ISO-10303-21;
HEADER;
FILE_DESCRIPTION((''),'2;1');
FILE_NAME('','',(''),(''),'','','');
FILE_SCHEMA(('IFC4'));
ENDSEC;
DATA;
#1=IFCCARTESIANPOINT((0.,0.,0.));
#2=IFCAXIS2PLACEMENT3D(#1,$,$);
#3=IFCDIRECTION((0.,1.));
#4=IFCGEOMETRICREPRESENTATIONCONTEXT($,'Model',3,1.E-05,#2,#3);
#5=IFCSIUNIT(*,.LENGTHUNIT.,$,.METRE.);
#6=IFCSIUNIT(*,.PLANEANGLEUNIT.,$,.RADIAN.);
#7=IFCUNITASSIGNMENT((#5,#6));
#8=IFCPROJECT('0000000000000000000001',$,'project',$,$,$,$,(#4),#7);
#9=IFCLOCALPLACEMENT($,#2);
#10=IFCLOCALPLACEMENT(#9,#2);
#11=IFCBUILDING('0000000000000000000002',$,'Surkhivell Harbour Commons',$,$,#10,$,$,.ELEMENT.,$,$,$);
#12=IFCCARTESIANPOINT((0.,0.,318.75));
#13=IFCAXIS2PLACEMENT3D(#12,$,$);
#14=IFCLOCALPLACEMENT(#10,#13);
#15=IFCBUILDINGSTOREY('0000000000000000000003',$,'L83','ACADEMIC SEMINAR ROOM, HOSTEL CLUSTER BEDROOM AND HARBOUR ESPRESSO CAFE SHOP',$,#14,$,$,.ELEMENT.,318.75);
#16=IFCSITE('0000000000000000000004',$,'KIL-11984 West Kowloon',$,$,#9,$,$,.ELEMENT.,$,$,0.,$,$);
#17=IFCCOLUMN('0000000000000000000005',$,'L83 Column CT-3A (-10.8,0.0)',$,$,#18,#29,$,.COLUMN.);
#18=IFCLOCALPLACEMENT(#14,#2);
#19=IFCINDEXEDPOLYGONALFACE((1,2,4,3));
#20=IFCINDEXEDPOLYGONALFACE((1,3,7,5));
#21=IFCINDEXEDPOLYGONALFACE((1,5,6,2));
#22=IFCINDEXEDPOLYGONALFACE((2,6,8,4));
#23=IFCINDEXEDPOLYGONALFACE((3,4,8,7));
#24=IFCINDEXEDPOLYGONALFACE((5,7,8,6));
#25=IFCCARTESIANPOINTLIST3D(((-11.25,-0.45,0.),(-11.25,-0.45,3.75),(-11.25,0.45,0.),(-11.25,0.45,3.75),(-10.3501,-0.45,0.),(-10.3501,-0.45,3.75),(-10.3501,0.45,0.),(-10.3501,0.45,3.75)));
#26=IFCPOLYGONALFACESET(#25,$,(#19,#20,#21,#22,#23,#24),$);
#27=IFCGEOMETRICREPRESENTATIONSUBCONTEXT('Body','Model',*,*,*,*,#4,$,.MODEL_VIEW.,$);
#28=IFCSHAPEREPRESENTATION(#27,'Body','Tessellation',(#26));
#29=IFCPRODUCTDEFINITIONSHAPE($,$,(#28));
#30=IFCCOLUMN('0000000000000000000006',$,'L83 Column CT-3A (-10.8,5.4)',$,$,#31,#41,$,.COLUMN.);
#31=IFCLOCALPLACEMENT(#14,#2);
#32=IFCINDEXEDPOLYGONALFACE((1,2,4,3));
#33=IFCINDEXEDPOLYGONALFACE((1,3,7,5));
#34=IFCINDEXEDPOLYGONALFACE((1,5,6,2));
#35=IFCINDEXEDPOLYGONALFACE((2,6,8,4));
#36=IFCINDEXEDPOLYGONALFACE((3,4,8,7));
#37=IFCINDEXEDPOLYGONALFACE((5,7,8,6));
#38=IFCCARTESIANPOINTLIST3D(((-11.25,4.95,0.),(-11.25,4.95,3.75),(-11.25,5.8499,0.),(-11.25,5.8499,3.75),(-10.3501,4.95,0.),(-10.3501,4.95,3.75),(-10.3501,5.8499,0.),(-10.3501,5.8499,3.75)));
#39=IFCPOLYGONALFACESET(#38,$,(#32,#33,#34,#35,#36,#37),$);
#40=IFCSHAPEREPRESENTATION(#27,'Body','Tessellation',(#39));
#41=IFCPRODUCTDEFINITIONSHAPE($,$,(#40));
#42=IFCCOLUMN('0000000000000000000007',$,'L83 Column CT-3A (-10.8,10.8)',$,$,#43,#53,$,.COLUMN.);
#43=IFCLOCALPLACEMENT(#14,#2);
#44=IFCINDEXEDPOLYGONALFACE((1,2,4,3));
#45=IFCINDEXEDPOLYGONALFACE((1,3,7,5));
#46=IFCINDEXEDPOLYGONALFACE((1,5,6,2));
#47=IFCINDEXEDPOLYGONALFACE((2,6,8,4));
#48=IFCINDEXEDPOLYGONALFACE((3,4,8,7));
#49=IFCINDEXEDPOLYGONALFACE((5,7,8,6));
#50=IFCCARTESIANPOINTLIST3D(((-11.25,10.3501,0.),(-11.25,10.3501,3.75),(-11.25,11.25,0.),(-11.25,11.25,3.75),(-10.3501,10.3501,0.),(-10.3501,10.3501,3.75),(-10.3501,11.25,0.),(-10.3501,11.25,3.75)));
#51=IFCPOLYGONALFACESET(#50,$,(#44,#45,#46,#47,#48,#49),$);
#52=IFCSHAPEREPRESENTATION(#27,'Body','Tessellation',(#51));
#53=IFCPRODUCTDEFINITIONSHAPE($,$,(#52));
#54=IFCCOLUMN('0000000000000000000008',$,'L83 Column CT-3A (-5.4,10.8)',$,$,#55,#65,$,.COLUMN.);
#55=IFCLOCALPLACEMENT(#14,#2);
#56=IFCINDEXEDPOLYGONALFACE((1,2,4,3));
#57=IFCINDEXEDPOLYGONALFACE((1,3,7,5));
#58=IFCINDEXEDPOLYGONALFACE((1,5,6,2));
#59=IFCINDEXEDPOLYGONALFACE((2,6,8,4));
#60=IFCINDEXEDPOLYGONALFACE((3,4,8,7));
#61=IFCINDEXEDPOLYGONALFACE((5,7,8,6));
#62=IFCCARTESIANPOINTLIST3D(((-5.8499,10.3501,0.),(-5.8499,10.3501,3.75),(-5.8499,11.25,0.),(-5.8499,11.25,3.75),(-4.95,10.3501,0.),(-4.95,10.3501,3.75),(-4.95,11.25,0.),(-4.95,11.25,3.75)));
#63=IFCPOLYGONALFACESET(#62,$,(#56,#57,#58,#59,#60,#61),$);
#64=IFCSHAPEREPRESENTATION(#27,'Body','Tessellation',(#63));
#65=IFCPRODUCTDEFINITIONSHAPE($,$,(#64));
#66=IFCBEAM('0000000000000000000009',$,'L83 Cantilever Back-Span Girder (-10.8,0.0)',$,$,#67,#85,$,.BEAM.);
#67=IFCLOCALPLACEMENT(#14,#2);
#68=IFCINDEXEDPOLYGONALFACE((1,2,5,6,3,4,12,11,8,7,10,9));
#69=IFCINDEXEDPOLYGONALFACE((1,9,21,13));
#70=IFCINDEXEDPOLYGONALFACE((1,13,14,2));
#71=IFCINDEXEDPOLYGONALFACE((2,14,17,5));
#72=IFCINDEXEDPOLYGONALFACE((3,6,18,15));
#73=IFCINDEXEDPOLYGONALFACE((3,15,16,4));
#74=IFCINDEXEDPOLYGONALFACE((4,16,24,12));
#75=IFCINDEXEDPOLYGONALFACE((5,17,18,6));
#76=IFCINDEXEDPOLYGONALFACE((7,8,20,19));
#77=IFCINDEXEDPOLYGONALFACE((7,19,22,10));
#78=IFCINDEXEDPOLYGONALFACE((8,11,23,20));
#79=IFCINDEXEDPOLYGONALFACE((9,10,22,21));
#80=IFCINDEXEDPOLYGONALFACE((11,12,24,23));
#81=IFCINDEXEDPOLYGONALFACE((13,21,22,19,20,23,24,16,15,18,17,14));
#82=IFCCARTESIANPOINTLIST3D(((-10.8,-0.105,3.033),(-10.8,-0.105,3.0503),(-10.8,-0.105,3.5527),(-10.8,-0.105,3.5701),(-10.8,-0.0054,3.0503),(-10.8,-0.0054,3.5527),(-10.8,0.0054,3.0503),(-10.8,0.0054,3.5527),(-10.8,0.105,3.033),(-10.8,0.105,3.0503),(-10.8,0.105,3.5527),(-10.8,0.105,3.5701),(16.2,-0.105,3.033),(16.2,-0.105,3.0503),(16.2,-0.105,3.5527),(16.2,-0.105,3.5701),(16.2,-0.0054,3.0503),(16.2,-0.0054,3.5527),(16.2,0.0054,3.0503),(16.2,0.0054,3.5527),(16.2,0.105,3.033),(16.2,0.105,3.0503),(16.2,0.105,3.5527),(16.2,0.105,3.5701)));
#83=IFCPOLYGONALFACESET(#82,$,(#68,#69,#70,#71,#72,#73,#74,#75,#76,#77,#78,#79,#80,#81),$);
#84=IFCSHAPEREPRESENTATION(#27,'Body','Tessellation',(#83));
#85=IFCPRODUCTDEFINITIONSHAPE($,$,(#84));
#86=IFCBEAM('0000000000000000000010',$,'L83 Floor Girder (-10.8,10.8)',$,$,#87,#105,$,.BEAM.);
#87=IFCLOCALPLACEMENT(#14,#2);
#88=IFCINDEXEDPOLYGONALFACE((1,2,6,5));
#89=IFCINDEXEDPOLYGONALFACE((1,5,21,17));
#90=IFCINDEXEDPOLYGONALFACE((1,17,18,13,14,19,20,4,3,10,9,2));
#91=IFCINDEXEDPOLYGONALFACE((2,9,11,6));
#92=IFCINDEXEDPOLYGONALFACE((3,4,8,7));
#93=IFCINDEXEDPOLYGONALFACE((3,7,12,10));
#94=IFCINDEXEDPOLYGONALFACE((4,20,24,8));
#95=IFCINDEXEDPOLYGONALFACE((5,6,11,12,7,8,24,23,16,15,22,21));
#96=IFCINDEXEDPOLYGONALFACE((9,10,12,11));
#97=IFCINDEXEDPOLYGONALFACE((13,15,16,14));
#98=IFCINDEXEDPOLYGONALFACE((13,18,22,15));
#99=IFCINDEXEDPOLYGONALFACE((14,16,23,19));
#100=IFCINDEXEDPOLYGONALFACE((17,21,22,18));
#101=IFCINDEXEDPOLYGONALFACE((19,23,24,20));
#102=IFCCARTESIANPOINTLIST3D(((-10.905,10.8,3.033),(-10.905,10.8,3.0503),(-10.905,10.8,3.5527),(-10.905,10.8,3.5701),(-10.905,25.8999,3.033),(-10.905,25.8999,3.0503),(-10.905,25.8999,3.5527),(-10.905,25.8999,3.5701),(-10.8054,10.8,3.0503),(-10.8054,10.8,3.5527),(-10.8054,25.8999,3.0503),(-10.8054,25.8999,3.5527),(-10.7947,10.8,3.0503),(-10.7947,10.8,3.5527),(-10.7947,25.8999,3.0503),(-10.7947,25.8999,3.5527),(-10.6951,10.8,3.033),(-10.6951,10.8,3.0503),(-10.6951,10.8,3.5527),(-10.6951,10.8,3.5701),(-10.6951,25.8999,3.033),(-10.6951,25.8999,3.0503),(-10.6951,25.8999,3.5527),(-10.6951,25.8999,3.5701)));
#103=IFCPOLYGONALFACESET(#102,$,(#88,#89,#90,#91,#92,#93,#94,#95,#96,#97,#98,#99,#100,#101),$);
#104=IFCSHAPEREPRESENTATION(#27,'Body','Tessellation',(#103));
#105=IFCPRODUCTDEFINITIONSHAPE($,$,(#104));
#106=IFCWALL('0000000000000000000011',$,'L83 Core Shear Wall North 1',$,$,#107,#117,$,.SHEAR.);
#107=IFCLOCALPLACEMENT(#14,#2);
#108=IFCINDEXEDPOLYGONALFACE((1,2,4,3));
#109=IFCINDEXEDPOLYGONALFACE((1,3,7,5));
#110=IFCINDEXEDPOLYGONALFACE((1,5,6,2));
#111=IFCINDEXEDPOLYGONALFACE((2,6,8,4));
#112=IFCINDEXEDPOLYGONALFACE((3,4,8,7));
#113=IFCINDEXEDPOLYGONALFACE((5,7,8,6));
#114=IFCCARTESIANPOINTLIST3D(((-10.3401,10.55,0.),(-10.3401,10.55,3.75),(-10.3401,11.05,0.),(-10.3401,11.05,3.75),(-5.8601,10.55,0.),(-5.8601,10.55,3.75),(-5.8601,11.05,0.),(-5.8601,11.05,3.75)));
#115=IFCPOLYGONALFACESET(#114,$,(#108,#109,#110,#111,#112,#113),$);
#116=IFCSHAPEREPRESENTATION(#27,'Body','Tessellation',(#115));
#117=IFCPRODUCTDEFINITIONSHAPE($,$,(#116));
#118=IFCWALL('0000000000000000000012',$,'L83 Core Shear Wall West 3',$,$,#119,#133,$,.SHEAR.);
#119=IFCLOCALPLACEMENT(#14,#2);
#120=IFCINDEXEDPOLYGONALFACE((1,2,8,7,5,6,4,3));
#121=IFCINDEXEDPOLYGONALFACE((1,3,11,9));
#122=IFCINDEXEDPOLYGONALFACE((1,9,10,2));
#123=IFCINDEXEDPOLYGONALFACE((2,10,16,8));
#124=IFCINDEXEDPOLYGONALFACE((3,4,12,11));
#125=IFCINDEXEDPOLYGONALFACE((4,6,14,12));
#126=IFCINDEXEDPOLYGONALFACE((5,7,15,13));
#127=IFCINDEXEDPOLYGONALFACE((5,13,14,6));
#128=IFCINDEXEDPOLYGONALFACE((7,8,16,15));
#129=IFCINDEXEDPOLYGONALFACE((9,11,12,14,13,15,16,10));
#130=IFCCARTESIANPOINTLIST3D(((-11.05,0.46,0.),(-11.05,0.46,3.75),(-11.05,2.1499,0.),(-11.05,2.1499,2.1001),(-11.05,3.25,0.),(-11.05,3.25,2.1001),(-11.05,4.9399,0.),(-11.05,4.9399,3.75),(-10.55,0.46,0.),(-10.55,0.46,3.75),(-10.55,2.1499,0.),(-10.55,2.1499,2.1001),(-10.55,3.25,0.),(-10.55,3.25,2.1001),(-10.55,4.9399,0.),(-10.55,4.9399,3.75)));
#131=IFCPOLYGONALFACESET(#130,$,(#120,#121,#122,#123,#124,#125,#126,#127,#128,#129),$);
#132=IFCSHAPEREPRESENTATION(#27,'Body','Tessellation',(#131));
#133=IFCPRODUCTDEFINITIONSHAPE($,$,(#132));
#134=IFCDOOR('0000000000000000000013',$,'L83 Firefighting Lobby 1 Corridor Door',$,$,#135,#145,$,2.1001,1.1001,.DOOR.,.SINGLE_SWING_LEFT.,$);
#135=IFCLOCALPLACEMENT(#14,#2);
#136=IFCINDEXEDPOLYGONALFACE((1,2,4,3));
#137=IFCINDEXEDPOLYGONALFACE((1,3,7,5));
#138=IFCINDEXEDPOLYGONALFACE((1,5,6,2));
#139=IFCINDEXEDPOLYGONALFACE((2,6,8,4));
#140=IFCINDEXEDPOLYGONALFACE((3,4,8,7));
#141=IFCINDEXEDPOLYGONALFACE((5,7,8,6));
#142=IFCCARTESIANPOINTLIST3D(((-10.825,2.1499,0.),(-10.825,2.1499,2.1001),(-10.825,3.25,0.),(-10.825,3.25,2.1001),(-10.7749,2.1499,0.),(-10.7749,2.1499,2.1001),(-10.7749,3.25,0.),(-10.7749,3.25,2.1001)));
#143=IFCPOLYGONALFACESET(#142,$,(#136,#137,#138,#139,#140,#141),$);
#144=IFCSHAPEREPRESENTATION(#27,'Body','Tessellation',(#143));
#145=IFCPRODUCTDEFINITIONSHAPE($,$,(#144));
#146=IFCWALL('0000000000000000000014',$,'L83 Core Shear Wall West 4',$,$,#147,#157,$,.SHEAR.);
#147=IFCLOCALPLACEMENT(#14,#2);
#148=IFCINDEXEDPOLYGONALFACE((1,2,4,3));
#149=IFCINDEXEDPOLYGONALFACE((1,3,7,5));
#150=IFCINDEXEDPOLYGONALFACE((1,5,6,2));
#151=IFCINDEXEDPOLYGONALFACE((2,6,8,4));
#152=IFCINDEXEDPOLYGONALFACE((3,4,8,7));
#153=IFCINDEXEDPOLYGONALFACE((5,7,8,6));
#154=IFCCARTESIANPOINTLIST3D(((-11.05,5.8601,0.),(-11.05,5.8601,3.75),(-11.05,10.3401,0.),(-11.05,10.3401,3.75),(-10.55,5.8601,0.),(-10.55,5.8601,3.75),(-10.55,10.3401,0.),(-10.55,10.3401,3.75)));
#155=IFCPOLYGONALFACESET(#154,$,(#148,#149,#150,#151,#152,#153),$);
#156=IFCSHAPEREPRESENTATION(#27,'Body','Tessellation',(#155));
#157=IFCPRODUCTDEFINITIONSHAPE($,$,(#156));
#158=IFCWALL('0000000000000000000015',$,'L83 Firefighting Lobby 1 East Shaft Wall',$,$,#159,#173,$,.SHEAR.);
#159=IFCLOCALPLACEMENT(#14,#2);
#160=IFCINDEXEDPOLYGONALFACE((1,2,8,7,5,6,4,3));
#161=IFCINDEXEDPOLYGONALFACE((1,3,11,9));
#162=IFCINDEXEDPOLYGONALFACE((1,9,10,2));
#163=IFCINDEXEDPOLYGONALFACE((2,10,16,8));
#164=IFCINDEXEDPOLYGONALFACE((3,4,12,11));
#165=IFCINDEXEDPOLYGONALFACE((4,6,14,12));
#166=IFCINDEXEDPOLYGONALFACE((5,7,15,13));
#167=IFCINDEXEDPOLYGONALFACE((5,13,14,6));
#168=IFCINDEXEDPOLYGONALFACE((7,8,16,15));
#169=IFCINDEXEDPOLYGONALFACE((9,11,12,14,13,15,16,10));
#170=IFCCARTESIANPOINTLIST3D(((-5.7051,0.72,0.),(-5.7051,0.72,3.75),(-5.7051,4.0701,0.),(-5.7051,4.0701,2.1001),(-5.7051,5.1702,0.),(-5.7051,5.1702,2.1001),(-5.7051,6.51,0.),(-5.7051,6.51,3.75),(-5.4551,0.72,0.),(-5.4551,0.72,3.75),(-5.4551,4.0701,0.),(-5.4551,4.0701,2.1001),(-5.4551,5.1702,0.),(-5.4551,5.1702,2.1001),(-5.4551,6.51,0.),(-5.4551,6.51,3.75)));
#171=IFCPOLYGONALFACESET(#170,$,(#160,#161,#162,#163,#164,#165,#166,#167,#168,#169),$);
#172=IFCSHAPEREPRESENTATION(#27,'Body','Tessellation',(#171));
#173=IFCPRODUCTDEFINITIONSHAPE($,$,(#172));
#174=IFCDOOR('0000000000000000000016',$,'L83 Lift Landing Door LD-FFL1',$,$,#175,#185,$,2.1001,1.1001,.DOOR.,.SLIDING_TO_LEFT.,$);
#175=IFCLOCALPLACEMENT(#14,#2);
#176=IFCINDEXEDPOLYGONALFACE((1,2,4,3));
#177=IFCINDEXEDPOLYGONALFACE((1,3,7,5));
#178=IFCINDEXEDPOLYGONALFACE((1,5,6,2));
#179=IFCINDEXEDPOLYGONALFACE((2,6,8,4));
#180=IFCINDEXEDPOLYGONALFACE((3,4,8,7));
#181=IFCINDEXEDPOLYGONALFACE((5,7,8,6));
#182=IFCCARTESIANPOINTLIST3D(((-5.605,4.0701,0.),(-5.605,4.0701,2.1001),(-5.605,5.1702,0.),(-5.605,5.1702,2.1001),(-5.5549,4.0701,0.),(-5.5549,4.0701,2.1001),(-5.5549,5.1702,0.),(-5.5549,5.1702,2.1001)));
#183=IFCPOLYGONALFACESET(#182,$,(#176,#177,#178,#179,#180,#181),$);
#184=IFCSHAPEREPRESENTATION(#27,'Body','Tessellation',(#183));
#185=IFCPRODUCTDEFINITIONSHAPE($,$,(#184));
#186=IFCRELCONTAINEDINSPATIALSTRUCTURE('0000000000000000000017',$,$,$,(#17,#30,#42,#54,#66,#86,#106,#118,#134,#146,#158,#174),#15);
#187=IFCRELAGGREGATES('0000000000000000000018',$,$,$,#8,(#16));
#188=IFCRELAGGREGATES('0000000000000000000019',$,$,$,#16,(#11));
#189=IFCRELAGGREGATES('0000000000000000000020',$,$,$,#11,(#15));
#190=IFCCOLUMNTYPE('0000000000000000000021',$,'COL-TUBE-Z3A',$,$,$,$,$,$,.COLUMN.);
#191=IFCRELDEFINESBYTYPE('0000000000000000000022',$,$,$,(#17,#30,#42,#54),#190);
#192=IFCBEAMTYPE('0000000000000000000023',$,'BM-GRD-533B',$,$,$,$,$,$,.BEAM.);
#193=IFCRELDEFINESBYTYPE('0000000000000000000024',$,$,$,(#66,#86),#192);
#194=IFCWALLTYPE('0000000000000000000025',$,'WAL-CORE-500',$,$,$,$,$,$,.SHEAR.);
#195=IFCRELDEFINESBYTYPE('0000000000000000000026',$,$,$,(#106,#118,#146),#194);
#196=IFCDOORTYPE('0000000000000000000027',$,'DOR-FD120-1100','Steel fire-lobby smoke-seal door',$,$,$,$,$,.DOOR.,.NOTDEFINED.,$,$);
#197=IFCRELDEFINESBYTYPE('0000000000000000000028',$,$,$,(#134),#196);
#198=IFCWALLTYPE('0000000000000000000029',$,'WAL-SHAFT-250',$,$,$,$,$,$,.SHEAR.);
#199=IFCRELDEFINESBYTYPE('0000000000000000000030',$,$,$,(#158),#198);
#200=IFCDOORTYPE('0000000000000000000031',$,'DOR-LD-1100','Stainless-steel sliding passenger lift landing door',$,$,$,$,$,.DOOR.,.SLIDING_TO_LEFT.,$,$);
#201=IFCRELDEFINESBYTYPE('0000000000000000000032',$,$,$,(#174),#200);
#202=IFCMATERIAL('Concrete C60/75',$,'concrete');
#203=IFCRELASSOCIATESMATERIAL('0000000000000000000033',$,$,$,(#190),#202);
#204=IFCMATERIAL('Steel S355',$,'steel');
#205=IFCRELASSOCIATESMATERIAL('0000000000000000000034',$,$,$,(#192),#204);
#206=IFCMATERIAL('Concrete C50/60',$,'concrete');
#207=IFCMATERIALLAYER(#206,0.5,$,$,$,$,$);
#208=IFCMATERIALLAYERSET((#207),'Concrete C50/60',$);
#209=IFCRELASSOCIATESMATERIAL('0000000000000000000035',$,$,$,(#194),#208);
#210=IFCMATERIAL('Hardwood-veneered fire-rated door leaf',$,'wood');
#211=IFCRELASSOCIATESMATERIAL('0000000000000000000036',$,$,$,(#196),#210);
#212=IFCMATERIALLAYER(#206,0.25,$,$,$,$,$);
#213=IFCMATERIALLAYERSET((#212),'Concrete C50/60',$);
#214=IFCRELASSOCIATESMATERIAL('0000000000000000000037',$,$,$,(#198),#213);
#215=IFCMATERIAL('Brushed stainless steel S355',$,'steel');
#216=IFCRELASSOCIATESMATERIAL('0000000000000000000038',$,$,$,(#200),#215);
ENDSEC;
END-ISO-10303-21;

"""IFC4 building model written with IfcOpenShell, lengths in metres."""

from ifc_helpers import new_model, si_unit, direction, frame, frame_2d, origin, origin_2d, place, context, subcontext, project, spatial, rectangle, i_section, extrude, material, layer, layer_set, material_profile, profile_set, type_object, element, fill, save


model = new_model("IFC4")

# Units and contexts
model_context = context("Model", 3, precision=1e-05, world=origin(), true_north=direction((0.0, 1.0)))
body_context = subcontext(model_context, "Body", "Model", "MODEL_VIEW")
ifc_project = project(units=[si_unit("LENGTHUNIT", "METRE"), si_unit("PLANEANGLEUNIT", "RADIAN")], contexts=[model_context])

# Site, building, storey
site_placement = place(None, origin())
site = spatial("IfcSite", under=ifc_project, at=site_placement, Name="KIL-11984 West Kowloon", CompositionType="ELEMENT", RefElevation=0.0)
building_placement = place(site_placement, origin())
building = spatial("IfcBuilding", under=site, at=building_placement, Name="Surkhivell Harbour Commons", CompositionType="ELEMENT")
storey_placement = place(building_placement, frame((0.0, 0.0, 318.75)))
storey = spatial("IfcBuildingStorey", under=building, at=storey_placement, Name="L83", Description="ACADEMIC SEMINAR ROOM, HOSTEL CLUSTER BEDROOM AND HARBOUR ESPRESSO CAFE SHOP", CompositionType="ELEMENT", Elevation=318.75)

# Columns
ifc_material_1 = material(Name="Concrete C60/75", Category="concrete")
ifc_material_profile_1 = material_profile(ifc_material_1, rectangle(XDim=0.8999, YDim=0.8999, at=origin_2d()), Name="RC-COL-900x900")
ifc_profile_set_1 = profile_set([ifc_material_profile_1], Name="Concrete C60/75")
column_type = type_object("IfcColumnType", Name="COL-TUBE-Z3A", PredefinedType="COLUMN", material=ifc_profile_set_1)
for number, where, z_axis, x_axis, name in (
    (1, (-10.8, 0.0, 0.0), (0.0, 0.0, 1.0), (1.0, 0.0, 0.0), "L83 Column CT-3A (-10.8,0.0)"),
    (2, (-10.8, 5.3999, 0.0), (0.0, 0.0, 1.0), (1.0, 0.0, 0.0), "L83 Column CT-3A (-10.8,5.4)"),
    (3, (-10.8, 10.8, 0.0), (0.0, 0.0, 1.0), (1.0, 0.0, 0.0), "L83 Column CT-3A (-10.8,10.8)"),
    (4, (-5.3999, 10.8, 0.0), (0.0, 0.0, 1.0), (1.0, 0.0, 0.0), "L83 Column CT-3A (-5.4,10.8)"),
):
    element("IfcColumn", number, at=place(storey_placement, frame(where, z_axis=z_axis, x_axis=x_axis)), inside=storey, type_object=column_type, Name=name, PredefinedType="COLUMN", context=body_context, shape_type="SweptSolid", body=[
        extrude(rectangle(XDim=0.8999, YDim=0.8999, at=origin_2d()), origin(), (0.0, 0.0, 1.0), 3.75),
    ])

# Beams
ifc_material_2 = material(Name="Steel S355", Category="steel")
ifc_material_profile_2 = material_profile(ifc_material_2, i_section(OverallWidth=0.21, OverallDepth=0.5371, WebThickness=0.0107, FlangeThickness=0.0173, at=origin_2d()), Name="UB533x210x101")
ifc_profile_set_2 = profile_set([ifc_material_profile_2], Name="Steel S355")
beam_type = type_object("IfcBeamType", Name="BM-GRD-533B", PredefinedType="BEAM", material=ifc_profile_set_2)
beam_1_placement = place(storey_placement, frame((-10.8, 0.0, 3.3015), z_axis=(1.0, 0.0, 0.0), x_axis=(0.0, 1.0, 0.0)))
element("IfcBeam", 5, at=beam_1_placement, inside=storey, type_object=beam_type, Name="L83 Cantilever Back-Span Girder (-10.8,0.0)", PredefinedType="BEAM", context=body_context, shape_type="SweptSolid", body=[
    extrude(i_section(OverallWidth=0.21, OverallDepth=0.5371, WebThickness=0.0107, FlangeThickness=0.0173, at=origin_2d()), origin(), (0.0, 0.0, 1.0), 27.0),
])
beam_2_placement = place(storey_placement, frame((-10.8, 10.8, 3.3015), z_axis=(0.0, 1.0, 0.0), x_axis=(-1.0, 0.0, 0.0)))
element("IfcBeam", 6, at=beam_2_placement, inside=storey, type_object=beam_type, Name="L83 Floor Girder (-10.8,10.8)", PredefinedType="BEAM", context=body_context, shape_type="SweptSolid", body=[
    extrude(i_section(OverallWidth=0.21, OverallDepth=0.5371, WebThickness=0.0107, FlangeThickness=0.0173, at=origin_2d()), origin(), (0.0, 0.0, 1.0), 15.0999),
])

# Wall
ifc_material_3 = material(Name="Concrete C50/60", Category="concrete")
ifc_layer_1 = layer(ifc_material_3, 0.5)
ifc_layer_set_1 = layer_set([ifc_layer_1], Name="Concrete C50/60")
wall_type_1 = type_object("IfcWallType", Name="WAL-CORE-500", PredefinedType="SHEAR", material=ifc_layer_set_1)
wall_1_placement = place(storey_placement, frame((-10.3401, 10.8, 0.0), z_axis=(0.0, 0.0, 1.0), x_axis=(1.0, 0.0, 0.0)))
element("IfcWall", 7, at=wall_1_placement, inside=storey, type_object=wall_type_1, Name="L83 Core Shear Wall North 1", PredefinedType="SHEAR", context=body_context, shape_type="SweptSolid", body=[
    extrude(rectangle(XDim=4.48, YDim=0.5, at=frame_2d((2.24, 0.0))), origin(), (0.0, 0.0, 1.0), 3.75),
])

# Wall, opening, door
wall_2_placement = place(storey_placement, frame((-10.8, 0.46, 0.0), z_axis=(0.0, 0.0, 1.0), x_axis=(0.0, 1.0, 0.0)))
wall_2 = element("IfcWall", 8, at=wall_2_placement, inside=storey, type_object=wall_type_1, Name="L83 Core Shear Wall West 3", PredefinedType="SHEAR", context=body_context, shape_type="SweptSolid", body=[
    extrude(rectangle(XDim=4.48, YDim=0.5, at=frame_2d((2.24, 0.0))), origin(), (0.0, 0.0, 1.0), 3.75),
])
opening_1_placement = place(wall_2_placement, frame((1.6899, 0.0, 0.0)))
opening_1 = element("IfcOpeningElement", 9, at=opening_1_placement, cuts=wall_2, PredefinedType="OPENING", context=body_context, shape_type="SweptSolid", body=[
    extrude(rectangle(XDim=1.1001, YDim=2.1001, at=frame_2d((0.55, 1.05))), frame((0.0, 0.26, 0.0), z_axis=(0.0, -1.0, 0.0), x_axis=(1.0, 0.0, 0.0)), (0.0, 0.0, 1.0), 0.52),
])
ifc_material_4 = material(Name="Hardwood-veneered fire-rated door leaf", Category="wood")
door_type_1 = type_object("IfcDoorType", Name="DOR-FD120-1100", Description="Steel fire-lobby smoke-seal door", OperationType="NOTDEFINED", PredefinedType="DOOR", material=ifc_material_4)
door_1_placement = place(opening_1_placement, origin())
door_1 = element("IfcDoor", 10, at=door_1_placement, inside=storey, type_object=door_type_1, Name="L83 Firefighting Lobby 1 Corridor Door", OperationType="SINGLE_SWING_LEFT", OverallHeight=2.1001, OverallWidth=1.1001, PredefinedType="DOOR", context=body_context, shape_type="SweptSolid", body=[
    extrude(rectangle(XDim=1.1001, YDim=2.1001, at=frame_2d((0.55, 1.05))), frame((0.0, 0.0249, 0.0), z_axis=(0.0, -1.0, 0.0), x_axis=(1.0, 0.0, 0.0)), (0.0, 0.0, 1.0), 0.05),
])
fill(opening_1, door_1)

# Wall
wall_3_placement = place(storey_placement, frame((-10.8, 5.8601, 0.0), z_axis=(0.0, 0.0, 1.0), x_axis=(0.0, 1.0, 0.0)))
element("IfcWall", 11, at=wall_3_placement, inside=storey, type_object=wall_type_1, Name="L83 Core Shear Wall West 4", PredefinedType="SHEAR", context=body_context, shape_type="SweptSolid", body=[
    extrude(rectangle(XDim=4.48, YDim=0.5, at=frame_2d((2.24, 0.0))), origin(), (0.0, 0.0, 1.0), 3.75),
])

# Wall, opening, door
ifc_layer_2 = layer(ifc_material_3, 0.25)
ifc_layer_set_2 = layer_set([ifc_layer_2], Name="Concrete C50/60")
wall_type_2 = type_object("IfcWallType", Name="WAL-SHAFT-250", PredefinedType="SHEAR", material=ifc_layer_set_2)
wall_4_placement = place(storey_placement, frame((-5.5801, 0.72, 0.0), z_axis=(0.0, 0.0, 1.0), x_axis=(0.0, 1.0, 0.0)))
wall_4 = element("IfcWall", 12, at=wall_4_placement, inside=storey, type_object=wall_type_2, Name="L83 Firefighting Lobby 1 East Shaft Wall", PredefinedType="SHEAR", context=body_context, shape_type="SweptSolid", body=[
    extrude(rectangle(XDim=5.79, YDim=0.25, at=frame_2d((2.895, 0.0))), origin(), (0.0, 0.0, 1.0), 3.75),
])
opening_2_placement = place(wall_4_placement, frame((3.3501, 0.0, 0.0)))
opening_2 = element("IfcOpeningElement", 13, at=opening_2_placement, cuts=wall_4, PredefinedType="OPENING", context=body_context, shape_type="SweptSolid", body=[
    extrude(rectangle(XDim=1.1001, YDim=2.1001, at=frame_2d((0.55, 1.05))), frame((0.0, 0.135, 0.0), z_axis=(0.0, -1.0, 0.0), x_axis=(1.0, 0.0, 0.0)), (0.0, 0.0, 1.0), 0.27),
])
ifc_material_5 = material(Name="Brushed stainless steel S355", Category="steel")
door_type_2 = type_object("IfcDoorType", Name="DOR-LD-1100", Description="Stainless-steel sliding passenger lift landing door", OperationType="SLIDING_TO_LEFT", PredefinedType="DOOR", material=ifc_material_5)
door_2_placement = place(opening_2_placement, origin())
door_2 = element("IfcDoor", 14, at=door_2_placement, inside=storey, type_object=door_type_2, Name="L83 Lift Landing Door LD-FFL1", OperationType="SLIDING_TO_LEFT", OverallHeight=2.1001, OverallWidth=1.1001, PredefinedType="DOOR", context=body_context, shape_type="SweptSolid", body=[
    extrude(rectangle(XDim=1.1001, YDim=2.1001, at=frame_2d((0.55, 1.05))), frame((0.0, 0.0249, 0.0), z_axis=(0.0, -1.0, 0.0), x_axis=(1.0, 0.0, 0.0)), (0.0, 0.0, 1.0), 0.05),
])
fill(opening_2, door_2)

save(model, "model.ifc")
